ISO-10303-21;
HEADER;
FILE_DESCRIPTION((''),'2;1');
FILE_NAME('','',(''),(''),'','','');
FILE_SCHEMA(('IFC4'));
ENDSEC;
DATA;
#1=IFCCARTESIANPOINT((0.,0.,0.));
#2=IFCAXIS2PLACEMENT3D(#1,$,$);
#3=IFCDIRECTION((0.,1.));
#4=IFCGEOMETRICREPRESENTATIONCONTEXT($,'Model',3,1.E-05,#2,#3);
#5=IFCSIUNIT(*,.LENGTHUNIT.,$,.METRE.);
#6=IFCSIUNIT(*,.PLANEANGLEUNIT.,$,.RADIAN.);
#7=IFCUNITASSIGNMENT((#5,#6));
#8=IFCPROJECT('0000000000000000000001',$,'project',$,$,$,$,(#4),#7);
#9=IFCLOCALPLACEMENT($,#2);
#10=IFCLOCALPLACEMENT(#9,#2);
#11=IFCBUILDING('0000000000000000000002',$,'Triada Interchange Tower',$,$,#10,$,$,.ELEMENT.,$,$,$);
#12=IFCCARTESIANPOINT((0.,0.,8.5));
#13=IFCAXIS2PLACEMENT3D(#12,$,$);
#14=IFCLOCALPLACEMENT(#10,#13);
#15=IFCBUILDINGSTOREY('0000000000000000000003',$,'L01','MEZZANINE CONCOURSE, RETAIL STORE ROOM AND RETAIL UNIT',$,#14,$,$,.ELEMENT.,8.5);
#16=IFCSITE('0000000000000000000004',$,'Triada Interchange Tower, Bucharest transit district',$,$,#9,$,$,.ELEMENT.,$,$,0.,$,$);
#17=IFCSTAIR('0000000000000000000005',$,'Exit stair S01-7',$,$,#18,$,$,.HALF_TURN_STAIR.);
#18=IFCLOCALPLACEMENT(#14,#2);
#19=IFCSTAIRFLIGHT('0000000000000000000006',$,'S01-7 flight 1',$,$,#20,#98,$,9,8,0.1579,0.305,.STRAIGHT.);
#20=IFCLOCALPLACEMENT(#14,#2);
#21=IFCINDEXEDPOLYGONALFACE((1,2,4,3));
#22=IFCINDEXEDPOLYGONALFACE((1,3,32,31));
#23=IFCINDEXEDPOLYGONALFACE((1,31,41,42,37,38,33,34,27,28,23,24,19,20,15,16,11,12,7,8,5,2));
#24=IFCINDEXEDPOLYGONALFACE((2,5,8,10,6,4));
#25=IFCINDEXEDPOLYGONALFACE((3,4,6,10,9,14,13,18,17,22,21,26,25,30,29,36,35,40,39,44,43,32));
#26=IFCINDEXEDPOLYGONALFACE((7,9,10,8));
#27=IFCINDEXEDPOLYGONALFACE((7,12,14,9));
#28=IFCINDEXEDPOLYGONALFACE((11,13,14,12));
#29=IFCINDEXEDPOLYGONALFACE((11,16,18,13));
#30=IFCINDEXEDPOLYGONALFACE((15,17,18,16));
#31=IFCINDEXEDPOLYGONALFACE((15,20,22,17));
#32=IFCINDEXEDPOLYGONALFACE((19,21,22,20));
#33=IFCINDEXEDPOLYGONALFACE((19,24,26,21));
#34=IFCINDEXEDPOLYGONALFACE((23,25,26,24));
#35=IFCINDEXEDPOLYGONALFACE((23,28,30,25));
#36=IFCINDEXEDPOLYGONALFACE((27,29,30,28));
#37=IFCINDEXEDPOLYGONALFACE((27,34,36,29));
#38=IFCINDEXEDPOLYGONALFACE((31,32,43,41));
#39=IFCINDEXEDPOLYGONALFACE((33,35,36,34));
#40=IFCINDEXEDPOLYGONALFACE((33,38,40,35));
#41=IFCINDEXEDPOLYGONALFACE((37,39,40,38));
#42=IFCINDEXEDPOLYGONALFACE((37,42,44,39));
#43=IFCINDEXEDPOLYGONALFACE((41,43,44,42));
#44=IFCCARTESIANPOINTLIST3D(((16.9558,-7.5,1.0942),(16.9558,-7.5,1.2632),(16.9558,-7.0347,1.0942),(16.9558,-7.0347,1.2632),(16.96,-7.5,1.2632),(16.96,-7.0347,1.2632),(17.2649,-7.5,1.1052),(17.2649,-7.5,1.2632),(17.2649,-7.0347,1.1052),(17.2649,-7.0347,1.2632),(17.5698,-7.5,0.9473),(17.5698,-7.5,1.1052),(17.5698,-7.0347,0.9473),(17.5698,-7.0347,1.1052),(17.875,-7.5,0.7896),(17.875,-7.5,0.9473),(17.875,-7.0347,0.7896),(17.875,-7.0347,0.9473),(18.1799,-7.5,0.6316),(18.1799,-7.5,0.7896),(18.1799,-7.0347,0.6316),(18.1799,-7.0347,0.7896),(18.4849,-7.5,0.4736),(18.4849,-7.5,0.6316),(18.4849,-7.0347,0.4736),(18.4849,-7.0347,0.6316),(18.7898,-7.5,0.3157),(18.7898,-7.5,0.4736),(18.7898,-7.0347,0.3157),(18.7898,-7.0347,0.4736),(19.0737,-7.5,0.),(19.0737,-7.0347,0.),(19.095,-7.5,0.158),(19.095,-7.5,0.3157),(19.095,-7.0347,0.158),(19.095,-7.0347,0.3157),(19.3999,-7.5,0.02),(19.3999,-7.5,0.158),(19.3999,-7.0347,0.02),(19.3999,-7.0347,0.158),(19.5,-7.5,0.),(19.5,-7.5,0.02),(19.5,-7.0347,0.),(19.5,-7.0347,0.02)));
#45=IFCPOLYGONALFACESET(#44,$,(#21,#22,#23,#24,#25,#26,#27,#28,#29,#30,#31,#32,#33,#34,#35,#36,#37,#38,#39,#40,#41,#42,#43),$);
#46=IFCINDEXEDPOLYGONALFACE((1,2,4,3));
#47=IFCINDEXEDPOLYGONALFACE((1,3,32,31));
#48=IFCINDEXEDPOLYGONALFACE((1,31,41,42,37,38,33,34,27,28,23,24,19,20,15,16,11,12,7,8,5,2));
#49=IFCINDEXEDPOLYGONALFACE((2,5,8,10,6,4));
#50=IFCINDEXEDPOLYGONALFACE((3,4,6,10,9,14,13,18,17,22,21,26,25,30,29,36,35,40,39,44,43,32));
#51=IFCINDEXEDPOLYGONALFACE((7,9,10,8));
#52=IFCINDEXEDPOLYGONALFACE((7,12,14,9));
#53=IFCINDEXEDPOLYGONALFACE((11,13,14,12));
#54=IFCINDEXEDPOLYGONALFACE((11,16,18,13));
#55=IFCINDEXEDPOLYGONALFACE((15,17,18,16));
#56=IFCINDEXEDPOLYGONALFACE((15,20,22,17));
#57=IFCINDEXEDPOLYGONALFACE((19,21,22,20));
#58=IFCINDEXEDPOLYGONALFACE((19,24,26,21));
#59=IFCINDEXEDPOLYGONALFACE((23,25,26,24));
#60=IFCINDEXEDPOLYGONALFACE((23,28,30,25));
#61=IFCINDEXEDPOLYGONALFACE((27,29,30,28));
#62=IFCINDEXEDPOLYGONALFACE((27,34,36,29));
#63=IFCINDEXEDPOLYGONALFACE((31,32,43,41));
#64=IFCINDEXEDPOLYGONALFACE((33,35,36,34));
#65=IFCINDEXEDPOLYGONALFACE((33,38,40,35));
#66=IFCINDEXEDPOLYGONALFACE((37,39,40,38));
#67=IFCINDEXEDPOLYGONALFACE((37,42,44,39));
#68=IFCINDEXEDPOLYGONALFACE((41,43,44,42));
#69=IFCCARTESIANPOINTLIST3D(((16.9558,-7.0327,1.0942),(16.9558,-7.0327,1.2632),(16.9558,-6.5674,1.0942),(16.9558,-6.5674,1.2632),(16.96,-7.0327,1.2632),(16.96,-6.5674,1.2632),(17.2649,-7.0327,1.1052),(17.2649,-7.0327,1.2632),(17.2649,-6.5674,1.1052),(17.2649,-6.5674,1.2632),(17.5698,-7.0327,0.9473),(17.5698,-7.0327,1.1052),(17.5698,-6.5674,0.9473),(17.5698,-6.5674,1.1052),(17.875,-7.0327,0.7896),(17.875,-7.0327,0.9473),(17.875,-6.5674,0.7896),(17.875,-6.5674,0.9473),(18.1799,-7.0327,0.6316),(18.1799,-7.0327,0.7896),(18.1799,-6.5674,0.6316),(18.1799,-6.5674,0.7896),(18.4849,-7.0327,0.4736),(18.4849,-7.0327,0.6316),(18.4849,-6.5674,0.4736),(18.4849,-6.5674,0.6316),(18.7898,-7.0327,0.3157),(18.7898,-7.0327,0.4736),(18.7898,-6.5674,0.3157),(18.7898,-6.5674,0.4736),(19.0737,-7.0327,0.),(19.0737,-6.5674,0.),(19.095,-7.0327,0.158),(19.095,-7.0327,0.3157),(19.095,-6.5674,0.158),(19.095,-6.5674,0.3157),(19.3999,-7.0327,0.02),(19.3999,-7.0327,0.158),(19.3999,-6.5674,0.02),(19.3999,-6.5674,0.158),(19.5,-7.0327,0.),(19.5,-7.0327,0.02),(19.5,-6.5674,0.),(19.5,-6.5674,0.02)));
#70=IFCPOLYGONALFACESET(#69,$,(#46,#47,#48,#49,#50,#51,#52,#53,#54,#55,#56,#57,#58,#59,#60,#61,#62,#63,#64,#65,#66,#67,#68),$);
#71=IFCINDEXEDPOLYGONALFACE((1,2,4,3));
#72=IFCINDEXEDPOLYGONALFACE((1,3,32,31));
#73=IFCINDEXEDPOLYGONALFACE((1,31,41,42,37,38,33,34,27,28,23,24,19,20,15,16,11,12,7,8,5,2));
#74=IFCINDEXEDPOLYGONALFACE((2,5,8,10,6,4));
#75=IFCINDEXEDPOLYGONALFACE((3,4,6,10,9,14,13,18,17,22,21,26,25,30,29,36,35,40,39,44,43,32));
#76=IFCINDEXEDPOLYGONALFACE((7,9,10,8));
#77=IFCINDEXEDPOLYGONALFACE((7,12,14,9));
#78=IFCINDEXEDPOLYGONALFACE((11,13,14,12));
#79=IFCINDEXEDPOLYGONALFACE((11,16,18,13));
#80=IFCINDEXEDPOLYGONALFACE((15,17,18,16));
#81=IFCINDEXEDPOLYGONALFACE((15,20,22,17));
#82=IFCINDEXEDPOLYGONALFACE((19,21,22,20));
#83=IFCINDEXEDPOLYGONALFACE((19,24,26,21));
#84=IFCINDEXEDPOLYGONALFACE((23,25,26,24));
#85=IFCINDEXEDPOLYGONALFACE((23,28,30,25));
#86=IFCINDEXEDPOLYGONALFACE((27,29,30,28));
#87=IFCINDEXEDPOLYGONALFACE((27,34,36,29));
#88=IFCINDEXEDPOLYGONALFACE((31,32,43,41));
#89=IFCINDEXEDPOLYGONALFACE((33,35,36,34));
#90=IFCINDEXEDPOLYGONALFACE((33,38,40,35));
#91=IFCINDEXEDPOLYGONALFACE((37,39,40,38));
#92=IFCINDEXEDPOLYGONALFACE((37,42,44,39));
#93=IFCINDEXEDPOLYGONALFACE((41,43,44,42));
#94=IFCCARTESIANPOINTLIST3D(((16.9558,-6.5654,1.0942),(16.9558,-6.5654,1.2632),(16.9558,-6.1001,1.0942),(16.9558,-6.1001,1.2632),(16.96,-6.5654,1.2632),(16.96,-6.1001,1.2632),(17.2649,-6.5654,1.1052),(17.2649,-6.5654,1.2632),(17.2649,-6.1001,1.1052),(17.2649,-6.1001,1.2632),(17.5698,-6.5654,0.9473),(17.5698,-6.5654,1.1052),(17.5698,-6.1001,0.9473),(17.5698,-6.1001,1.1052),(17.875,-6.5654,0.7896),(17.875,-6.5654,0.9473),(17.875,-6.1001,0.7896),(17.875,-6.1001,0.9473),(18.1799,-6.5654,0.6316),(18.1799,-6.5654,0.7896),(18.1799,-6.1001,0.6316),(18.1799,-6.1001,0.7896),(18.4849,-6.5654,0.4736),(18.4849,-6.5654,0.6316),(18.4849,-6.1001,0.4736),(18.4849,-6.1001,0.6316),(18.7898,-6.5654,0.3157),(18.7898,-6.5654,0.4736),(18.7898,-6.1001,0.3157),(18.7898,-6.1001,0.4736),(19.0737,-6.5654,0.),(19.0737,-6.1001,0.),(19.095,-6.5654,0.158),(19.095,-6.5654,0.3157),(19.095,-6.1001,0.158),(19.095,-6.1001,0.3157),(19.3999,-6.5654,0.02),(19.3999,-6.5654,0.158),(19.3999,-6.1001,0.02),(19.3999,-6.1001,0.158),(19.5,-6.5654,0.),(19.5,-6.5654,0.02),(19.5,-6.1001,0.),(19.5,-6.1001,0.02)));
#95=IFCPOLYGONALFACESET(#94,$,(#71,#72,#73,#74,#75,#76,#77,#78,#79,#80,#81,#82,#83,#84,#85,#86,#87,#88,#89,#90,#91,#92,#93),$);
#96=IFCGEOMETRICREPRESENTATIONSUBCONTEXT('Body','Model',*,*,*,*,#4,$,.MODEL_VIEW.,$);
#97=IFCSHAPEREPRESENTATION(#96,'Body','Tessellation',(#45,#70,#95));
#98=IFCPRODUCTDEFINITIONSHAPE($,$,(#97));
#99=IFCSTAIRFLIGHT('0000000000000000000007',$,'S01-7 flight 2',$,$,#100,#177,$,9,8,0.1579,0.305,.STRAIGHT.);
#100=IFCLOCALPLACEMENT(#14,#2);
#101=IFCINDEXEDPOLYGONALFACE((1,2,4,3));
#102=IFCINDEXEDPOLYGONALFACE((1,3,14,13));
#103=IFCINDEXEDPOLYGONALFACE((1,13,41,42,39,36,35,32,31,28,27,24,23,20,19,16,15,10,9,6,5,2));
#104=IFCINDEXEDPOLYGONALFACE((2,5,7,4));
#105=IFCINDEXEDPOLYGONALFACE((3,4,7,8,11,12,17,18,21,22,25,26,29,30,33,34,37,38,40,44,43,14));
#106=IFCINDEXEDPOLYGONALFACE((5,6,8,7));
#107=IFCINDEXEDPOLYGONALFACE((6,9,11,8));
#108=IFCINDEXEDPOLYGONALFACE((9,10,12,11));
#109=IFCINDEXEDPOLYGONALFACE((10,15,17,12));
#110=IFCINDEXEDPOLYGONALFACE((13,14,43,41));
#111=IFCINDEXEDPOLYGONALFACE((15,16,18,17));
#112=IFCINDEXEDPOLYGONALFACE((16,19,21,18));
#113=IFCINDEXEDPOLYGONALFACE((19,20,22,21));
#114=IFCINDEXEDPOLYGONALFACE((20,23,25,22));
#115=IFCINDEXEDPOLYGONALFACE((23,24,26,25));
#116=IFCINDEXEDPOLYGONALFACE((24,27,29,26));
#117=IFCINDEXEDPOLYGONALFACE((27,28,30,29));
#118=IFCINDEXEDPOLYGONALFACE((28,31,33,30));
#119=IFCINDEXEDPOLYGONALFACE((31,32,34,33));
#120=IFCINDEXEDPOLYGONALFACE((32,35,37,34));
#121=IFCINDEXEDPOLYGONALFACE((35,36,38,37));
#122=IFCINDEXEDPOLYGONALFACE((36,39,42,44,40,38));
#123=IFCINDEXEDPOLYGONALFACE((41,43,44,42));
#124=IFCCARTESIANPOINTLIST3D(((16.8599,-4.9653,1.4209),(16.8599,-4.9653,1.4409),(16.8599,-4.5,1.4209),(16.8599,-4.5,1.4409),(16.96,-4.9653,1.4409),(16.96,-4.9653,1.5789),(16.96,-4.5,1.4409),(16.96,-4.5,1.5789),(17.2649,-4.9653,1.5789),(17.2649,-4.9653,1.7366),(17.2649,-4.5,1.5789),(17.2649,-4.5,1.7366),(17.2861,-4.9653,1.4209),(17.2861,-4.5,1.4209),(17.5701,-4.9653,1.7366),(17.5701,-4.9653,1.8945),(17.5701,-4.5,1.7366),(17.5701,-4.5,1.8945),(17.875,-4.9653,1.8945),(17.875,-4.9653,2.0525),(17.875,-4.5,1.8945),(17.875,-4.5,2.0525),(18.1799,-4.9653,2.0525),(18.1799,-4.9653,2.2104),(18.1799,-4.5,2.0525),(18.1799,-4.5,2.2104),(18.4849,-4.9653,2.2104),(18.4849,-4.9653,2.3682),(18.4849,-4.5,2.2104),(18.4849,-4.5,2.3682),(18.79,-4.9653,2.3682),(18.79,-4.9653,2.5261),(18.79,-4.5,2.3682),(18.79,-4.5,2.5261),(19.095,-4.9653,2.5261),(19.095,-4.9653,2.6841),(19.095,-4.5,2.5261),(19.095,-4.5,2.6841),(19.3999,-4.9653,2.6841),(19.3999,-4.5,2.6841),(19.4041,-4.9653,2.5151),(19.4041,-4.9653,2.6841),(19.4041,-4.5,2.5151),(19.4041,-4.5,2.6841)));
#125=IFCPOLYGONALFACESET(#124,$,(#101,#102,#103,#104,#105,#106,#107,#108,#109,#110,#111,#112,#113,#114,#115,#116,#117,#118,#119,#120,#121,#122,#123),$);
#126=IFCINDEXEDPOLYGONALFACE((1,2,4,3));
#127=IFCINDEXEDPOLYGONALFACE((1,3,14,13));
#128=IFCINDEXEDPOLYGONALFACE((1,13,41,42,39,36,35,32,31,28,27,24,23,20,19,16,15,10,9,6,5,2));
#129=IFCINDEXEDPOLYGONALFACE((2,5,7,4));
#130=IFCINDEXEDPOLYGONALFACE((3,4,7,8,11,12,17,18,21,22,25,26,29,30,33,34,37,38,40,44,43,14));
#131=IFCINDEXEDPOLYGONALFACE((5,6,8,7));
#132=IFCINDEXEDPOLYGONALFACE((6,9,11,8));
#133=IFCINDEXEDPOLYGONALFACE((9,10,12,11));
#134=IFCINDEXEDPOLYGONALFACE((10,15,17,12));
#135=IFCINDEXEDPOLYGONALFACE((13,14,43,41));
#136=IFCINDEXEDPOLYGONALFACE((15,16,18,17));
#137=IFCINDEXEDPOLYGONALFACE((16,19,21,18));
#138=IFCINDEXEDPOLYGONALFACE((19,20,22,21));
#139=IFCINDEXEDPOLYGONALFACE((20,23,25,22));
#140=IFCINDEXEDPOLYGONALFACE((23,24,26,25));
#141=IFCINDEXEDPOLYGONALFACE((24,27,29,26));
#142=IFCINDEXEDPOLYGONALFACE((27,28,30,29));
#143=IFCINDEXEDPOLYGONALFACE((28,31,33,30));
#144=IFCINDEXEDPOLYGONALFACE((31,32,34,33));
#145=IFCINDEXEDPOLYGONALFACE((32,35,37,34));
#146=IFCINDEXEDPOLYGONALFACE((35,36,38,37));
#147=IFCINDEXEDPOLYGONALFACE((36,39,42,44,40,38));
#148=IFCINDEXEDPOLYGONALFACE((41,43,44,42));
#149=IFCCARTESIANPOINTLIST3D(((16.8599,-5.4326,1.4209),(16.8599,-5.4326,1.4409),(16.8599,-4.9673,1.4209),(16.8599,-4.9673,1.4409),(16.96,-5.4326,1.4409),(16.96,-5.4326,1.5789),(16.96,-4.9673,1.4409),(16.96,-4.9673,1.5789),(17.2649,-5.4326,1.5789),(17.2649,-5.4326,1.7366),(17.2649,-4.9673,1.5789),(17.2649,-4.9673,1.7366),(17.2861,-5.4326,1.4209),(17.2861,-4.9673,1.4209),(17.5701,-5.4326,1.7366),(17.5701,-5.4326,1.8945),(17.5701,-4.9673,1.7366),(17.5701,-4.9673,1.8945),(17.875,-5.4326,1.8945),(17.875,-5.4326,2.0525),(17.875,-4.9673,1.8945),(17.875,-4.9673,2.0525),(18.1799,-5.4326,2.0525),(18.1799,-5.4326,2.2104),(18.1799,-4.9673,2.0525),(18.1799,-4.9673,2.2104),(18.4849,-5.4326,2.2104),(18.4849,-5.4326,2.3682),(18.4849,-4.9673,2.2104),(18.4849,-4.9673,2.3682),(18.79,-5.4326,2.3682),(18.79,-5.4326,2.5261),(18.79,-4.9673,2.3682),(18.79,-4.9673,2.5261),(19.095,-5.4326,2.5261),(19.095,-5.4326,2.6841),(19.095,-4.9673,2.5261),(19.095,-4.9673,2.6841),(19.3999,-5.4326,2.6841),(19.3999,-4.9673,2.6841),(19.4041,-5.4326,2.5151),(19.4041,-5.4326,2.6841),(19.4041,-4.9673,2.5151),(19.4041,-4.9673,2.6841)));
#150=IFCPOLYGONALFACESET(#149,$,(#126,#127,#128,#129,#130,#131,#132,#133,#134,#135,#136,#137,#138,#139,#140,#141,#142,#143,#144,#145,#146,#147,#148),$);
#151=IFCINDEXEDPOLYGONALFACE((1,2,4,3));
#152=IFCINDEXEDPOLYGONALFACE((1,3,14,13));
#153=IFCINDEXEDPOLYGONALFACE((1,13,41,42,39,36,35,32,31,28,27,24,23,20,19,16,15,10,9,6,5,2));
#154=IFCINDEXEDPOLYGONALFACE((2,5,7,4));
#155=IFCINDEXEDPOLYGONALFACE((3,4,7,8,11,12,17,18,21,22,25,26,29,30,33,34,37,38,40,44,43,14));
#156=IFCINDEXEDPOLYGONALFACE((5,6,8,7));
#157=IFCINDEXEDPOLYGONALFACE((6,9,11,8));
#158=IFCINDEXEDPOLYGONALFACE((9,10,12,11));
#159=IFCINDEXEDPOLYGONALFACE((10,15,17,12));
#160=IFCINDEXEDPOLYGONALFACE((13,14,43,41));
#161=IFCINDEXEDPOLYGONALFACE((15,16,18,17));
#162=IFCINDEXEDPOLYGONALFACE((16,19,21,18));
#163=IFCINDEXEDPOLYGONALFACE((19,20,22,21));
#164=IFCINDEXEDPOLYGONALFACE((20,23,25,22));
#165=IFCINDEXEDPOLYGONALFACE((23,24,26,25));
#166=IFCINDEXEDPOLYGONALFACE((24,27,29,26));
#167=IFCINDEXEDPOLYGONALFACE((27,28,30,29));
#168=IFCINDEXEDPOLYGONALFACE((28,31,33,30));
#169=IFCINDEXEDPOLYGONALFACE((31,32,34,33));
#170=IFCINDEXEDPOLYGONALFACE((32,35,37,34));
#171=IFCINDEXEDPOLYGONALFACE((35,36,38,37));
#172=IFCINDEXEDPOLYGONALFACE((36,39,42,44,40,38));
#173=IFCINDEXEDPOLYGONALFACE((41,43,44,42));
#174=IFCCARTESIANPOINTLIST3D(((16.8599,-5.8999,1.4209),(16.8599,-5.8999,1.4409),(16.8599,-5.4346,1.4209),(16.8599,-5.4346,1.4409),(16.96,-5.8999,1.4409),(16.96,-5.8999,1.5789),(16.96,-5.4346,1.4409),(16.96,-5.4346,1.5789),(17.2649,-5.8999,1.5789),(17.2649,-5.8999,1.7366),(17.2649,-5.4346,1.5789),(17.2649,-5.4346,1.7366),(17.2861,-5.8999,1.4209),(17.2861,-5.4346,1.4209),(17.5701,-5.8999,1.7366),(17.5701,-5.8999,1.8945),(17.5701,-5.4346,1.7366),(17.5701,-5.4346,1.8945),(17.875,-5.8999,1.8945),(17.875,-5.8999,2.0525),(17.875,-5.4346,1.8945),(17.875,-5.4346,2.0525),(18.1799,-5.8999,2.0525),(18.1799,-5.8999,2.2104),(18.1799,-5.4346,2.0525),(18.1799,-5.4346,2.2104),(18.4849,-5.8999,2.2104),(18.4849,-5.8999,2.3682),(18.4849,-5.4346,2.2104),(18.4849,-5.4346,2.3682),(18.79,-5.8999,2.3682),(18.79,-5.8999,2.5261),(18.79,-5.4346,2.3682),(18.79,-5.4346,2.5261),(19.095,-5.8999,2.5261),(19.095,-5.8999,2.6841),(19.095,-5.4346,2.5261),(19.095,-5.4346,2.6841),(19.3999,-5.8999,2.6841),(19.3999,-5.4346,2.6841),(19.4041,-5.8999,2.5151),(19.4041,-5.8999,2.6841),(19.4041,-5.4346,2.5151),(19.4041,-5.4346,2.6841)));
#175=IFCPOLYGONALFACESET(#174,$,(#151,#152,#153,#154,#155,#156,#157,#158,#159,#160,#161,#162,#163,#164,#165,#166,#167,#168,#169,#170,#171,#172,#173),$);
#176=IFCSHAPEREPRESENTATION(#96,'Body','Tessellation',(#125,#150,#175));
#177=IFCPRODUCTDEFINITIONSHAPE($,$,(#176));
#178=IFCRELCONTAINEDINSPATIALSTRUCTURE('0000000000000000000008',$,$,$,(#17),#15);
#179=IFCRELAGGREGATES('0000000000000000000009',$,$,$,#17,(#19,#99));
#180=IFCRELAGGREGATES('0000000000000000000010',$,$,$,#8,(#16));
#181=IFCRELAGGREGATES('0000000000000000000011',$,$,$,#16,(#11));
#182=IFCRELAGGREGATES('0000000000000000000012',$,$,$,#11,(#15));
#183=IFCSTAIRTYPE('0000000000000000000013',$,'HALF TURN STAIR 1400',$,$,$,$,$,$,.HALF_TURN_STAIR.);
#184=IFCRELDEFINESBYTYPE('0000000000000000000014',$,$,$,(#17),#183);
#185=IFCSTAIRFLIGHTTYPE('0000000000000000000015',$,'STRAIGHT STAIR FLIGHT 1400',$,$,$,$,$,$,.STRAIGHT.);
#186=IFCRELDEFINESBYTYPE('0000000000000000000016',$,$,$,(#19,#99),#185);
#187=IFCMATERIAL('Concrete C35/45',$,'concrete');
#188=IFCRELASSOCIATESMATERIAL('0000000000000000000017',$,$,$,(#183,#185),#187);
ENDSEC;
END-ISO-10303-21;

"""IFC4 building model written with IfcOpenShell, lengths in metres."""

from ifc_helpers import new_model, si_unit, direction, frame, origin, place, context, subcontext, project, spatial, polyline, outline, extrude, material, type_object, element, aggregate, save


model = new_model("IFC4")

# Units and contexts
model_context = context("Model", 3, precision=1e-05, world=origin(), true_north=direction((0.0, 1.0)))
body_context = subcontext(model_context, "Body", "Model", "MODEL_VIEW")
ifc_project = project(units=[si_unit("LENGTHUNIT", "METRE"), si_unit("PLANEANGLEUNIT", "RADIAN")], contexts=[model_context])

# Site, building, storey
site_placement = place(None, origin())
site = spatial("IfcSite", under=ifc_project, at=site_placement, Name="Triada Interchange Tower, Bucharest transit district", CompositionType="ELEMENT", RefElevation=0.0)
building_placement = place(site_placement, origin())
building = spatial("IfcBuilding", under=site, at=building_placement, Name="Triada Interchange Tower", CompositionType="ELEMENT")
storey_placement = place(building_placement, frame((0.0, 0.0, 8.5)))
storey = spatial("IfcBuildingStorey", under=building, at=storey_placement, Name="L01", Description="MEZZANINE CONCOURSE, RETAIL STORE ROOM AND RETAIL UNIT", CompositionType="ELEMENT", Elevation=8.5)

# Shared definitions
ifc_material_1 = material(Name="Concrete C35/45", Category="concrete")

# Stair, stair flights
stair_type = type_object("IfcStairType", Name="HALF TURN STAIR 1400", PredefinedType="HALF_TURN_STAIR", material=ifc_material_1)
stair_placement = place(storey_placement, origin())
stair = element("IfcStair", 1, at=stair_placement, inside=storey, type_object=stair_type, Name="Exit stair S01-7", PredefinedType="HALF_TURN_STAIR")
stair_flight_type = type_object("IfcStairFlightType", Name="STRAIGHT STAIR FLIGHT 1400", PredefinedType="STRAIGHT", material=ifc_material_1)
stair_flight_1_placement = place(storey_placement, frame((19.3999, -6.8, 0.0), z_axis=(0.0, 0.0, 1.0), x_axis=(-1.0, 0.0, 0.0)))
stair_flight_1 = element("IfcStairFlight", 2, at=stair_flight_1_placement, type_object=stair_flight_type, Name="S01-7 flight 1", NumberOfRisers=9, NumberOfTreads=8, PredefinedType="STRAIGHT", RiserHeight=0.1579, TreadLength=0.305, context=body_context, shape_type="SweptSolid", body=[
    extrude(outline(polyline([(-0.1001, 0.0), (-0.1001, 0.02), (0.0, 0.02), (0.0, 0.158), (0.3049, 0.158), (0.3049, 0.3157), (0.6101, 0.3157), (0.6101, 0.4736), (0.915, 0.4736), (0.915, 0.6316), (1.22, 0.6316), (1.22, 0.7896), (1.5249, 0.7896), (1.5249, 0.9473), (1.8301, 0.9473), (1.8301, 1.1052), (2.135, 1.1052), (2.135, 1.2632), (2.4399, 1.2632), (2.4441, 1.2632), (2.4441, 1.4209), (2.4441, 1.0942), (0.3262, 0.0), (-0.1001, 0.0)])), frame((0.0, 0.7, 0.0), z_axis=(0.0, -1.0, 0.0), x_axis=(1.0, 0.0, 0.0)), (0.0, 0.0, 1.0), 0.4653),
    extrude(outline(polyline([(-0.1001, 0.0), (-0.1001, 0.02), (0.0, 0.02), (0.0, 0.158), (0.3049, 0.158), (0.3049, 0.3157), (0.6101, 0.3157), (0.6101, 0.4736), (0.915, 0.4736), (0.915, 0.6316), (1.22, 0.6316), (1.22, 0.7896), (1.5249, 0.7896), (1.5249, 0.9473), (1.8301, 0.9473), (1.8301, 1.1052), (2.135, 1.1052), (2.135, 1.2632), (2.4399, 1.2632), (2.4441, 1.2632), (2.4441, 1.4209), (2.4441, 1.0942), (0.3262, 0.0), (-0.1001, 0.0)])), frame((0.0, 0.2327, 0.0), z_axis=(0.0, -1.0, 0.0), x_axis=(1.0, 0.0, 0.0)), (0.0, 0.0, 1.0), 0.4653),
    extrude(outline(polyline([(-0.1001, 0.0), (-0.1001, 0.02), (0.0, 0.02), (0.0, 0.158), (0.3049, 0.158), (0.3049, 0.3157), (0.6101, 0.3157), (0.6101, 0.4736), (0.915, 0.4736), (0.915, 0.6316), (1.22, 0.6316), (1.22, 0.7896), (1.5249, 0.7896), (1.5249, 0.9473), (1.8301, 0.9473), (1.8301, 1.1052), (2.135, 1.1052), (2.135, 1.2632), (2.4399, 1.2632), (2.4441, 1.2632), (2.4441, 1.4209), (2.4441, 1.0942), (0.3262, 0.0), (-0.1001, 0.0)])), frame((0.0, -0.2346, 0.0), z_axis=(0.0, -1.0, 0.0), x_axis=(1.0, 0.0, 0.0)), (0.0, 0.0, 1.0), 0.4653),
])
stair_flight_2_placement = place(storey_placement, frame((16.96, -5.2, 1.4209), z_axis=(0.0, 0.0, 1.0), x_axis=(1.0, 0.0, 0.0)))
stair_flight_2 = element("IfcStairFlight", 3, at=stair_flight_2_placement, type_object=stair_flight_type, Name="S01-7 flight 2", NumberOfRisers=9, NumberOfTreads=8, PredefinedType="STRAIGHT", RiserHeight=0.1579, TreadLength=0.305, context=body_context, shape_type="SweptSolid", body=[
    extrude(outline(polyline([(-0.1001, 0.0), (-0.1001, 0.02), (0.0, 0.02), (0.0, 0.158), (0.3049, 0.158), (0.3049, 0.3157), (0.6101, 0.3157), (0.6101, 0.4736), (0.915, 0.4736), (0.915, 0.6316), (1.22, 0.6316), (1.22, 0.7896), (1.5249, 0.7896), (1.5249, 0.9473), (1.8301, 0.9473), (1.8301, 1.1052), (2.135, 1.1052), (2.135, 1.2632), (2.4399, 1.2632), (2.4441, 1.2632), (2.4441, 1.4209), (2.4441, 1.0942), (0.3262, 0.0), (-0.1001, 0.0)])), frame((0.0, 0.7, 0.0), z_axis=(0.0, -1.0, 0.0), x_axis=(1.0, 0.0, 0.0)), (0.0, 0.0, 1.0), 0.4653),
    extrude(outline(polyline([(-0.1001, 0.0), (-0.1001, 0.02), (0.0, 0.02), (0.0, 0.158), (0.3049, 0.158), (0.3049, 0.3157), (0.6101, 0.3157), (0.6101, 0.4736), (0.915, 0.4736), (0.915, 0.6316), (1.22, 0.6316), (1.22, 0.7896), (1.5249, 0.7896), (1.5249, 0.9473), (1.8301, 0.9473), (1.8301, 1.1052), (2.135, 1.1052), (2.135, 1.2632), (2.4399, 1.2632), (2.4441, 1.2632), (2.4441, 1.4209), (2.4441, 1.0942), (0.3262, 0.0), (-0.1001, 0.0)])), frame((0.0, 0.2327, 0.0), z_axis=(0.0, -1.0, 0.0), x_axis=(1.0, 0.0, 0.0)), (0.0, 0.0, 1.0), 0.4653),
    extrude(outline(polyline([(-0.1001, 0.0), (-0.1001, 0.02), (0.0, 0.02), (0.0, 0.158), (0.3049, 0.158), (0.3049, 0.3157), (0.6101, 0.3157), (0.6101, 0.4736), (0.915, 0.4736), (0.915, 0.6316), (1.22, 0.6316), (1.22, 0.7896), (1.5249, 0.7896), (1.5249, 0.9473), (1.8301, 0.9473), (1.8301, 1.1052), (2.135, 1.1052), (2.135, 1.2632), (2.4399, 1.2632), (2.4441, 1.2632), (2.4441, 1.4209), (2.4441, 1.0942), (0.3262, 0.0), (-0.1001, 0.0)])), frame((0.0, -0.2346, 0.0), z_axis=(0.0, -1.0, 0.0), x_axis=(1.0, 0.0, 0.0)), (0.0, 0.0, 1.0), 0.4653),
])
aggregate(stair, [stair_flight_1, stair_flight_2])

save(model, "model.ifc")
